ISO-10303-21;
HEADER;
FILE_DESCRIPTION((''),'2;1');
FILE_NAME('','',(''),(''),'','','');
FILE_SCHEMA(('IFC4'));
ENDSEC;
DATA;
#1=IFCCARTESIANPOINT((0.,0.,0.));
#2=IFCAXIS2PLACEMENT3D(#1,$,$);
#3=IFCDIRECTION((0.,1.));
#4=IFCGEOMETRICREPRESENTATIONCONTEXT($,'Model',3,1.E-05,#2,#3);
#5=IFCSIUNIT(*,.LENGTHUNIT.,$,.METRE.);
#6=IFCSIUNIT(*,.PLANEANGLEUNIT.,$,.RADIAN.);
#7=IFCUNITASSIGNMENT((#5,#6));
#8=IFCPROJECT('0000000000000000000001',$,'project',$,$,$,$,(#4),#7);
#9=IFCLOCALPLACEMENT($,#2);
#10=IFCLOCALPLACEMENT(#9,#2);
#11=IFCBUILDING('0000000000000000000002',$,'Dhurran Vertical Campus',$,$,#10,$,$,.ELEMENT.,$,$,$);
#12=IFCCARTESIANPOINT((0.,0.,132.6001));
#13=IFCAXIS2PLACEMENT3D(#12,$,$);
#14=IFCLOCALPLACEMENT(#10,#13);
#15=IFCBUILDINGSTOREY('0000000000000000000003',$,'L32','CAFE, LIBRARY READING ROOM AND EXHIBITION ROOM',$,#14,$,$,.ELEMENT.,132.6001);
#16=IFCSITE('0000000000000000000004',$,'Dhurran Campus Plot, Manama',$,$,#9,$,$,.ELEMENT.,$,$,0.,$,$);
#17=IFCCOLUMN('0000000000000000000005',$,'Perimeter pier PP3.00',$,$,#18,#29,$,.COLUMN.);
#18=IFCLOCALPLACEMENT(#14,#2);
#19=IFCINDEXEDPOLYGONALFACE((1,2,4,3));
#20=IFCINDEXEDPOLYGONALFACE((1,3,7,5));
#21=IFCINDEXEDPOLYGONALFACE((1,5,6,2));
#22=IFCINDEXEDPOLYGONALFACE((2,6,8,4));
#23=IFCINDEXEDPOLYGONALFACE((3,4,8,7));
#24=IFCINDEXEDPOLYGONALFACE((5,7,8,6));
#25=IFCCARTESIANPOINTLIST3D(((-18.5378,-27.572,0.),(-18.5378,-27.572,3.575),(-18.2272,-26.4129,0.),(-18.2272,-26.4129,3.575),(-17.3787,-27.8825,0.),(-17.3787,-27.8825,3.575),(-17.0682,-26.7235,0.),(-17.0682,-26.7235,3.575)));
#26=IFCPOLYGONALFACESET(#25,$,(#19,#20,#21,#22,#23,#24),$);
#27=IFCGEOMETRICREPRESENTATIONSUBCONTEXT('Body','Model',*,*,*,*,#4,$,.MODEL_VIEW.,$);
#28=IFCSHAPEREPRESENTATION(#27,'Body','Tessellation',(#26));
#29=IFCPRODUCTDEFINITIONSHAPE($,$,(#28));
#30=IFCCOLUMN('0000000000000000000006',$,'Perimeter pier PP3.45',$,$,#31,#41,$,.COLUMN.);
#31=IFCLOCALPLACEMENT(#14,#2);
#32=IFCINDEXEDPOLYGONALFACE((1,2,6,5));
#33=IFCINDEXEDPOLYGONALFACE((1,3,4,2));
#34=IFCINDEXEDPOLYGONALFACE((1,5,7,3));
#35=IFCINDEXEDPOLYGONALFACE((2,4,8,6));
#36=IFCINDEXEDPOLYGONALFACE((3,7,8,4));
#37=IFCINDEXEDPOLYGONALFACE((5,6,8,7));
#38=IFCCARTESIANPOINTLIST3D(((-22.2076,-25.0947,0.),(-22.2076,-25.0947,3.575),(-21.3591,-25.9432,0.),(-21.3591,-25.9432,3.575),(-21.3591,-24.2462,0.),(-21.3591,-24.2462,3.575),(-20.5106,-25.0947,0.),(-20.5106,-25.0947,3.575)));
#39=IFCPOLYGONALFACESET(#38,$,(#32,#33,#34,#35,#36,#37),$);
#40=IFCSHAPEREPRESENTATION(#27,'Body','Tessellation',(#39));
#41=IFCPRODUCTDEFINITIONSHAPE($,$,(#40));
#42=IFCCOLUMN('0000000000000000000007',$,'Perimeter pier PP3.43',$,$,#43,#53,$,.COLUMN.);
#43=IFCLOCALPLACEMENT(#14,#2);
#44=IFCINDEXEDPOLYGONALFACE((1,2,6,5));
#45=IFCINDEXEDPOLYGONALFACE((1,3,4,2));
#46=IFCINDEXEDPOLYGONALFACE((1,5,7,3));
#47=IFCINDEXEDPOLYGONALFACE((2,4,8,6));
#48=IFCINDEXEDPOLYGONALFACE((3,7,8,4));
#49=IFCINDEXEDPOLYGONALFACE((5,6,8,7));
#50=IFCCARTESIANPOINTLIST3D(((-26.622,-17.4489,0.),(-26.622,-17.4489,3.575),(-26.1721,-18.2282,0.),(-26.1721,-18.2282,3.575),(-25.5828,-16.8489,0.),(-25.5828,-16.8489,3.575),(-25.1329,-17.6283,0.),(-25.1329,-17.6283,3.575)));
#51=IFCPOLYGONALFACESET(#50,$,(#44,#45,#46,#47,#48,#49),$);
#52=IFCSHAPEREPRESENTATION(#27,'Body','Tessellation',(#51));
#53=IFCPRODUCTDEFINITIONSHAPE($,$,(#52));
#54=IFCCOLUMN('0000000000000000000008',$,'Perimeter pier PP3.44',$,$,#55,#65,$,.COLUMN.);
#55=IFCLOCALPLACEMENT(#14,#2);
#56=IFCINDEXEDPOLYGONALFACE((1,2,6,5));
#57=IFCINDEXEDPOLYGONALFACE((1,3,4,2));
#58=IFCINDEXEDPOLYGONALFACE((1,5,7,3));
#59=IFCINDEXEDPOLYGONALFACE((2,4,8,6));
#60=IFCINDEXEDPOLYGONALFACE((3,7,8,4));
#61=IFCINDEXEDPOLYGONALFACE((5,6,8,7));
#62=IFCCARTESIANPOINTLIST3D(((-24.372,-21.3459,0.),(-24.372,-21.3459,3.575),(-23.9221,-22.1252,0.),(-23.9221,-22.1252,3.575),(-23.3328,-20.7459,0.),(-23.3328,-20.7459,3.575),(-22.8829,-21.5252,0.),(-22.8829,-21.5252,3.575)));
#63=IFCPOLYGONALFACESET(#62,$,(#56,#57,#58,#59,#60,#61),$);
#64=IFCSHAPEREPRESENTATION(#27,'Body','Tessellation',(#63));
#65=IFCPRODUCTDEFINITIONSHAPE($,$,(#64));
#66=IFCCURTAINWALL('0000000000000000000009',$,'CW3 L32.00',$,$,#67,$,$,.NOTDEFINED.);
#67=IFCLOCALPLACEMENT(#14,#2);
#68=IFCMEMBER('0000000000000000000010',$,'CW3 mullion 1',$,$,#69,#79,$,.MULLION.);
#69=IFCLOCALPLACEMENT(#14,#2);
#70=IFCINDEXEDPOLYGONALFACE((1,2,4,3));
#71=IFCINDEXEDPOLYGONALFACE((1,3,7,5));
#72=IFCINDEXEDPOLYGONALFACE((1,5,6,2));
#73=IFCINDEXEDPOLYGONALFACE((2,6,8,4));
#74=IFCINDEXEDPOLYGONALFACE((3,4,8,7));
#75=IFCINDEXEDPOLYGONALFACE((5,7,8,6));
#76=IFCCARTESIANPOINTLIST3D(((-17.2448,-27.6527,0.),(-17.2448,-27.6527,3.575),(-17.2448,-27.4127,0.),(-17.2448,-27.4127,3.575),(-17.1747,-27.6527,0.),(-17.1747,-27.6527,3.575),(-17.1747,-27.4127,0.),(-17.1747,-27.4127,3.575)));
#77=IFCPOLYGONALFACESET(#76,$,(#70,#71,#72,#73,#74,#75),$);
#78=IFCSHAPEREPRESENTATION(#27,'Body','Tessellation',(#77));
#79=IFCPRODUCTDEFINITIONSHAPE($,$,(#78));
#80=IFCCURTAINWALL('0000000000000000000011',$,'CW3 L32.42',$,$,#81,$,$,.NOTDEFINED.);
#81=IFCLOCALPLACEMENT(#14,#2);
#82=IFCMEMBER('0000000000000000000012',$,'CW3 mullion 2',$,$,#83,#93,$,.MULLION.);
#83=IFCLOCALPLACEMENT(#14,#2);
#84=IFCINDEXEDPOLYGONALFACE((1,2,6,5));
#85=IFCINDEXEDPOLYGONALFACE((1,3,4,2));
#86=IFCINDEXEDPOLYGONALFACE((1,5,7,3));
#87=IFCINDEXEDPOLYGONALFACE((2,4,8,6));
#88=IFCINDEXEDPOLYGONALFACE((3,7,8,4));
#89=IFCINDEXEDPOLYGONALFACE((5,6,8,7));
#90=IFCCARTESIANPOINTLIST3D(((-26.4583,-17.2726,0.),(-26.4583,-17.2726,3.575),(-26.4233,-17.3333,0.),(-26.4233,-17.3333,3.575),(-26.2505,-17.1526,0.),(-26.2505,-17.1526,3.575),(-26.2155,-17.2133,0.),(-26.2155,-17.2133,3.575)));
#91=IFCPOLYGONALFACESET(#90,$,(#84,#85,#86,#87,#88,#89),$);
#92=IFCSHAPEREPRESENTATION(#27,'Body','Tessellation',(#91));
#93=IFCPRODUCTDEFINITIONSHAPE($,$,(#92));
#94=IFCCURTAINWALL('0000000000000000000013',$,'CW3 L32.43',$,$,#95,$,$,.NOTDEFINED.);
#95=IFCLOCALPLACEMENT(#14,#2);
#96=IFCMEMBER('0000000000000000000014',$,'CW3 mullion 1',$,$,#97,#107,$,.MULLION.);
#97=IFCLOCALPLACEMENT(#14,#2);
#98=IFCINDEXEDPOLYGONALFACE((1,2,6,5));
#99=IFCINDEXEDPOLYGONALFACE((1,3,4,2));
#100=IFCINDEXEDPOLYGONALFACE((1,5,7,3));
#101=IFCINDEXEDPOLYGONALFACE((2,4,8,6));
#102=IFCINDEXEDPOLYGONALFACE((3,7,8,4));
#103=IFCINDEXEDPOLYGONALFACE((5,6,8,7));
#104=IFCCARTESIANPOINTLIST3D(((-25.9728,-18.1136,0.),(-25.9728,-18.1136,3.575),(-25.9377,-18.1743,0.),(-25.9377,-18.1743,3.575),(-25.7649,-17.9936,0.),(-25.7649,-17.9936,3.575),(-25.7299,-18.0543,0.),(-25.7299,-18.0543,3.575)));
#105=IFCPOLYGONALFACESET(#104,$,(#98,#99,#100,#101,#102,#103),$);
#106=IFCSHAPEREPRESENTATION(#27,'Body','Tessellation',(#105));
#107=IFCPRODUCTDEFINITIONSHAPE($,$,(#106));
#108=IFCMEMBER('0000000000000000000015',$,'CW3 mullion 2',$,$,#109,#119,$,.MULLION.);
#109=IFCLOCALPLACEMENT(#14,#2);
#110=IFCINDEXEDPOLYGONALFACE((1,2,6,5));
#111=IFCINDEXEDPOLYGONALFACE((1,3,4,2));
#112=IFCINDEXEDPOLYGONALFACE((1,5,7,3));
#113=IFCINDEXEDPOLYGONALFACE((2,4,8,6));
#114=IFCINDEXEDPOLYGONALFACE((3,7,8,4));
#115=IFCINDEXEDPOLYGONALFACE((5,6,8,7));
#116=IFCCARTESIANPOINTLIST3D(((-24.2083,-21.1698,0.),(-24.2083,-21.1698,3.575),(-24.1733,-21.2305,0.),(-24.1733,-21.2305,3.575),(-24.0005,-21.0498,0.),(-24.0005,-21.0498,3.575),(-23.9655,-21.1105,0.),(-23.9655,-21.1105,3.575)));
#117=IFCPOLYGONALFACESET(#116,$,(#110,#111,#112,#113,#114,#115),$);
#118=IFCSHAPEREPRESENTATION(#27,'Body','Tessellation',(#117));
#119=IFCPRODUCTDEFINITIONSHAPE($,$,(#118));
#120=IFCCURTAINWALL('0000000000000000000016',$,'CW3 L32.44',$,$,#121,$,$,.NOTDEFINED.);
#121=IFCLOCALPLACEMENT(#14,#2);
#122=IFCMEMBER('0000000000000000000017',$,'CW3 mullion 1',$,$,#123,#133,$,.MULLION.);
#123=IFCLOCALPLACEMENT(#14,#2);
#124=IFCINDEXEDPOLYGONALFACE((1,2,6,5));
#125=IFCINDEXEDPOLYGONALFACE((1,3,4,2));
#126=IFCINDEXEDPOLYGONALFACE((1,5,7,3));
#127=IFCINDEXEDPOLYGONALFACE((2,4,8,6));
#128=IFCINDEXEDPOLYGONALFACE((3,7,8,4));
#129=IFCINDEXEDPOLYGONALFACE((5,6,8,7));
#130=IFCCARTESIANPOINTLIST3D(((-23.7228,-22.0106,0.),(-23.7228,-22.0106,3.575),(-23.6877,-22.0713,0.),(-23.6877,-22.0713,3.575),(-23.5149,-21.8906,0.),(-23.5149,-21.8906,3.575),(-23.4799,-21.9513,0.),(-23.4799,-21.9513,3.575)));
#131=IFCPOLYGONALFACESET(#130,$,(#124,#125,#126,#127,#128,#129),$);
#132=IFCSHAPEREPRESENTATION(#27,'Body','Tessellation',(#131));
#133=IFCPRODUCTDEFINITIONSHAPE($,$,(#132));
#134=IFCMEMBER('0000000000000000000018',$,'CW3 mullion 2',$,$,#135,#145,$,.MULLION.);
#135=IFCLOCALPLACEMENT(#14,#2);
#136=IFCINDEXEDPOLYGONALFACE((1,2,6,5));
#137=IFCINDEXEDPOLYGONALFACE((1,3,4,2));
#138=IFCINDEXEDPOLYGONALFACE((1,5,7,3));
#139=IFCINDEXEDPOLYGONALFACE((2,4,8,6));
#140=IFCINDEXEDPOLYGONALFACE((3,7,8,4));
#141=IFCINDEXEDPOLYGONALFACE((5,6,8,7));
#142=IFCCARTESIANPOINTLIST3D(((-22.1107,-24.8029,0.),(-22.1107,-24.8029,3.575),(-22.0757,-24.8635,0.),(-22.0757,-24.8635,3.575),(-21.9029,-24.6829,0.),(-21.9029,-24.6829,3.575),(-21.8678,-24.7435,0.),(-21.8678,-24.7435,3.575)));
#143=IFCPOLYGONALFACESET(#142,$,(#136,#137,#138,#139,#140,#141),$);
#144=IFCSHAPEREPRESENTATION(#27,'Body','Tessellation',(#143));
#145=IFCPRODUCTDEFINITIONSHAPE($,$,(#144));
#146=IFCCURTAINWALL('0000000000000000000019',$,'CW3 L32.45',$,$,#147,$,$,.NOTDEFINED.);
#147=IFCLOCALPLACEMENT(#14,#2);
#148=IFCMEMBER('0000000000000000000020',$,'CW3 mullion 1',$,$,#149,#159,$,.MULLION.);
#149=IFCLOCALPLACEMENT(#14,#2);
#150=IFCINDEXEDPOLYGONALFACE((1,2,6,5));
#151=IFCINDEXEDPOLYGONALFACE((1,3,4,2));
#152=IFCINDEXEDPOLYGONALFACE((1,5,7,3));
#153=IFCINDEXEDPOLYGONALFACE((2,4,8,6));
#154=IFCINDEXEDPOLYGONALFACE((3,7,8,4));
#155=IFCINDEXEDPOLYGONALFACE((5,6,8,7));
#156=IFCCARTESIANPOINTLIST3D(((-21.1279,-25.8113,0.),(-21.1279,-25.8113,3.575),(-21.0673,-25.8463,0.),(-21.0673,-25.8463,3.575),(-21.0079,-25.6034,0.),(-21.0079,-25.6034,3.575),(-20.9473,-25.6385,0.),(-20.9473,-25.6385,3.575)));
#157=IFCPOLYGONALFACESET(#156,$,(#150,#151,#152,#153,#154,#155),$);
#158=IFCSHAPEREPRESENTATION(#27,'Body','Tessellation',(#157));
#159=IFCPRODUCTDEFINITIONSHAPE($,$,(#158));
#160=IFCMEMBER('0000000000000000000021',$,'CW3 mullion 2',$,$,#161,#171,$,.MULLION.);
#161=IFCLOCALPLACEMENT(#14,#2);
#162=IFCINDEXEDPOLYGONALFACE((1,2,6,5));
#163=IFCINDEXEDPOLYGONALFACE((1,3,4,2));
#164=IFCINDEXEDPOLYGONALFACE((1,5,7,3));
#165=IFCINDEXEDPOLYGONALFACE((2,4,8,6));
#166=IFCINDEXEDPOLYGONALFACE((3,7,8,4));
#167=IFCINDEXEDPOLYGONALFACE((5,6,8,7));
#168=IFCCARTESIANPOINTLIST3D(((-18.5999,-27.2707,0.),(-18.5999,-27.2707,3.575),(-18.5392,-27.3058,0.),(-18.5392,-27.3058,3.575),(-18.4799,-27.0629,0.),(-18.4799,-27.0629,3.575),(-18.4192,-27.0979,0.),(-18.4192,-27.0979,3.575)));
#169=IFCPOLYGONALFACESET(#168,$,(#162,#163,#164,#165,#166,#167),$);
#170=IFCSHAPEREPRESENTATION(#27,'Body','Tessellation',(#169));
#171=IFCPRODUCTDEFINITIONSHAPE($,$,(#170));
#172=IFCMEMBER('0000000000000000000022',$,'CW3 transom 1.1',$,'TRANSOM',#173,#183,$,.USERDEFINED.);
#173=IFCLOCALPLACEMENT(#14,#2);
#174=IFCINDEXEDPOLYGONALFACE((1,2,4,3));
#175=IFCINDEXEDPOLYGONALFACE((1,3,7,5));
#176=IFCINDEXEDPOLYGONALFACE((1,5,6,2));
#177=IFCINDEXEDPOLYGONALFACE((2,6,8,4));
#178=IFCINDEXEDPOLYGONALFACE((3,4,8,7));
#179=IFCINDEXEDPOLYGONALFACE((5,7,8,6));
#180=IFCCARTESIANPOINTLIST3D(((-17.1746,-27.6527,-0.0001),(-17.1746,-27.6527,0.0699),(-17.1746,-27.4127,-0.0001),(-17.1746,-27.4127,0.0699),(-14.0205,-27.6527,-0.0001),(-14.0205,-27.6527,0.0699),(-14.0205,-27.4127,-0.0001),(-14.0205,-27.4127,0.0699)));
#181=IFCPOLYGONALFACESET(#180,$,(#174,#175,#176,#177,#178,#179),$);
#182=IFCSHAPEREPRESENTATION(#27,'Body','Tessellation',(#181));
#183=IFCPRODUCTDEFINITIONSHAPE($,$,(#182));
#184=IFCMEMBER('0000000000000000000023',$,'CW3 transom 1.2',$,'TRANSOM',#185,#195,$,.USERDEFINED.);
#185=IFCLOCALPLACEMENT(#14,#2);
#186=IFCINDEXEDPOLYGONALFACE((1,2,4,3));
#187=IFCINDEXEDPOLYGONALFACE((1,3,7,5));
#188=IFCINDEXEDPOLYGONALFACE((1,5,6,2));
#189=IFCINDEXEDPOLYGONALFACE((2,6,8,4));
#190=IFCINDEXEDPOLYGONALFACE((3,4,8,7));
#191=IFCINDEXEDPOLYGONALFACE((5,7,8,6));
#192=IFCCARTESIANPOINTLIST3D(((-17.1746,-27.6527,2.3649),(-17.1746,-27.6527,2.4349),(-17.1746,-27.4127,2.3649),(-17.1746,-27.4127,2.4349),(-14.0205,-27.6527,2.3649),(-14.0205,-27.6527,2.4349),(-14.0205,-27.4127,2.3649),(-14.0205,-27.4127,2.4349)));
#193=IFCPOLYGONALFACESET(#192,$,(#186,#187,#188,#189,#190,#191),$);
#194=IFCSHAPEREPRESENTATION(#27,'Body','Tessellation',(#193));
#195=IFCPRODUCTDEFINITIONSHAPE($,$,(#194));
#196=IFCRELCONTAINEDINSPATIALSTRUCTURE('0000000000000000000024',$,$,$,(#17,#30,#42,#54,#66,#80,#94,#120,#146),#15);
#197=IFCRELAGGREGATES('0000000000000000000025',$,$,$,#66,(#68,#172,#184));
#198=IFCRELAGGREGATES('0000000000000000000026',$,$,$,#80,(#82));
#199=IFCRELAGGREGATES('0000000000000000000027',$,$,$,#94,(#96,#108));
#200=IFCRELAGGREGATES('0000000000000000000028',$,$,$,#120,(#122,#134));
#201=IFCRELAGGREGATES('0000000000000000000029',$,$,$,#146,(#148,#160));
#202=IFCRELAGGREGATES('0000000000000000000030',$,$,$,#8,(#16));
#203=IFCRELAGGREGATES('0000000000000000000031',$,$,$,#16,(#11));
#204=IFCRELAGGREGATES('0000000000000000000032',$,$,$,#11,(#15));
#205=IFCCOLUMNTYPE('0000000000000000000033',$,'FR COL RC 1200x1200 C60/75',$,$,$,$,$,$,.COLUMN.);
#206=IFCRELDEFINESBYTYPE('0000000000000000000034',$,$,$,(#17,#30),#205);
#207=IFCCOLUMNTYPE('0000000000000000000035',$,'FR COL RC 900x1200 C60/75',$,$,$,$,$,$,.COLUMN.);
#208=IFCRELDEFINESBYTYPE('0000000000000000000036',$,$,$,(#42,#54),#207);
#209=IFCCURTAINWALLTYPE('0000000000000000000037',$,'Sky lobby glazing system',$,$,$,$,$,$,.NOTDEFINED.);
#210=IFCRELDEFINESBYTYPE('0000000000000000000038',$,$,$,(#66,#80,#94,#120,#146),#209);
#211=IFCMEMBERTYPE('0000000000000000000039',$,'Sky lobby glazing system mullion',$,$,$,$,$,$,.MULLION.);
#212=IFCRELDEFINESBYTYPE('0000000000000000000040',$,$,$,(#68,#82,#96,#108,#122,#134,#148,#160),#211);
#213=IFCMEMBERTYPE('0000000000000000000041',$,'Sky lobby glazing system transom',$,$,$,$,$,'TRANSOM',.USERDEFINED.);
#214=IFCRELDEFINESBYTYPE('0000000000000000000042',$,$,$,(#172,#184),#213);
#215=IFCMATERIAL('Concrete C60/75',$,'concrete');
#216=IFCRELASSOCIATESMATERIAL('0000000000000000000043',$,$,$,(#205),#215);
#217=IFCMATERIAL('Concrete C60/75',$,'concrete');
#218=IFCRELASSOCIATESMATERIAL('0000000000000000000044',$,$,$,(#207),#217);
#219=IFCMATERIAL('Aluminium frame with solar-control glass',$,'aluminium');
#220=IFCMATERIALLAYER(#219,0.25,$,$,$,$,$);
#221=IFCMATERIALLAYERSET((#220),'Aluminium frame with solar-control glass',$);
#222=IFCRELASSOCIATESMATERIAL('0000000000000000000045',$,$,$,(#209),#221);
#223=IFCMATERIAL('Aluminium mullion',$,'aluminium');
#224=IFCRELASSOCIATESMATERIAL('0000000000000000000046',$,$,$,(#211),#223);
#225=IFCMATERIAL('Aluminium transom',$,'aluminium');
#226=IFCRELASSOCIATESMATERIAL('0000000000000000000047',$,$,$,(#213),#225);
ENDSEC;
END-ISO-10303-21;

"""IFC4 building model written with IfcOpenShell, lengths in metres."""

from ifc_helpers import new_model, si_unit, direction, frame, origin, origin_2d, place, context, subcontext, project, spatial, rectangle, extrude, material, layer, layer_set, material_profile, profile_set, type_object, element, aggregate, save


model = new_model("IFC4")

# Units and contexts
model_context = context("Model", 3, precision=1e-05, world=origin(), true_north=direction((0.0, 1.0)))
body_context = subcontext(model_context, "Body", "Model", "MODEL_VIEW")
ifc_project = project(units=[si_unit("LENGTHUNIT", "METRE"), si_unit("PLANEANGLEUNIT", "RADIAN")], contexts=[model_context])

# Site, building, storey
site_placement = place(None, origin())
site = spatial("IfcSite", under=ifc_project, at=site_placement, Name="Dhurran Campus Plot, Manama", CompositionType="ELEMENT", RefElevation=0.0)
building_placement = place(site_placement, origin())
building = spatial("IfcBuilding", under=site, at=building_placement, Name="Dhurran Vertical Campus", CompositionType="ELEMENT")
storey_placement = place(building_placement, frame((0.0, 0.0, 132.6001)))
storey = spatial("IfcBuildingStorey", under=building, at=storey_placement, Name="L32", Description="CAFE, LIBRARY READING ROOM AND EXHIBITION ROOM", CompositionType="ELEMENT", Elevation=132.6001)

# Columns
ifc_material_1 = material(Name="Concrete C60/75", Category="concrete")
ifc_material_profile_1 = material_profile(ifc_material_1, rectangle(XDim=1.2, YDim=1.2, at=origin_2d()), Name="RC 1200x1200")
ifc_profile_set_1 = profile_set([ifc_material_profile_1], Name="Concrete C60/75")
column_type_1 = type_object("IfcColumnType", Name="FR COL RC 1200x1200 C60/75", PredefinedType="COLUMN", material=ifc_profile_set_1)
for number, where, z_axis, x_axis, name in (
    (1, (-17.803, -27.1477, 0.0), (0.0, 0.0, 1.0), (0.965926, -0.258819, 0.0), "Perimeter pier PP3.00"),
    (2, (-21.3591, -25.0947, 0.0), (0.0, 0.0, 1.0), (0.707107, -0.707107, 0.0), "Perimeter pier PP3.45"),
):
    element("IfcColumn", number, at=place(storey_placement, frame(where, z_axis=z_axis, x_axis=x_axis)), inside=storey, type_object=column_type_1, Name=name, PredefinedType="COLUMN", context=body_context, shape_type="SweptSolid", body=[
        extrude(rectangle(XDim=1.2, YDim=1.2, at=origin_2d()), origin(), (0.0, 0.0, 1.0), 3.575),
    ])
ifc_material_2 = material(Name="Concrete C60/75", Category="concrete")
ifc_material_profile_2 = material_profile(ifc_material_2, rectangle(XDim=0.8999, YDim=1.2, at=origin_2d()), Name="RC 900x1200")
ifc_profile_set_2 = profile_set([ifc_material_profile_2], Name="Concrete C60/75")
column_type_2 = type_object("IfcColumnType", Name="FR COL RC 900x1200 C60/75", PredefinedType="COLUMN", material=ifc_profile_set_2)
for number, where, z_axis, x_axis, name in (
    (3, (-25.8774, -17.5386, 0.0), (0.0, 0.0, 1.0), (0.5, -0.866025, 0.0), "Perimeter pier PP3.43"),
    (4, (-23.6274, -21.4355, 0.0), (0.0, 0.0, 1.0), (0.5, -0.866025, 0.0), "Perimeter pier PP3.44"),
):
    element("IfcColumn", number, at=place(storey_placement, frame(where, z_axis=z_axis, x_axis=x_axis)), inside=storey, type_object=column_type_2, Name=name, PredefinedType="COLUMN", context=body_context, shape_type="SweptSolid", body=[
        extrude(rectangle(XDim=0.8999, YDim=1.2, at=origin_2d()), origin(), (0.0, 0.0, 1.0), 3.575),
    ])

# Curtain walls, members
ifc_material_3 = material(Name="Aluminium frame with solar-control glass", Category="aluminium")
ifc_layer_1 = layer(ifc_material_3, 0.25)
ifc_layer_set_1 = layer_set([ifc_layer_1], Name="Aluminium frame with solar-control glass")
curtain_wall_type = type_object("IfcCurtainWallType", Name="Sky lobby glazing system", PredefinedType="NOTDEFINED", material=ifc_layer_set_1)
curtain_wall_1_placement = place(storey_placement, origin())
curtain_wall_1 = element("IfcCurtainWall", 5, at=curtain_wall_1_placement, inside=storey, type_object=curtain_wall_type, Name="CW3 L32.00", PredefinedType="NOTDEFINED")
ifc_material_4 = material(Name="Aluminium mullion", Category="aluminium")
ifc_material_profile_3 = material_profile(ifc_material_4, rectangle(XDim=0.24, YDim=0.0701, at=origin_2d()), Name="Sky lobby glazing system mullion")
ifc_profile_set_3 = profile_set([ifc_material_profile_3], Name="Aluminium mullion")
member_type_1 = type_object("IfcMemberType", Name="Sky lobby glazing system mullion", PredefinedType="MULLION", material=ifc_profile_set_3)
member_1_placement = place(storey_placement, frame((-17.2097, -27.5327, 0.0), z_axis=(0.0, 0.0, 1.0), x_axis=(0.0, 1.0, 0.0)))
member_1 = element("IfcMember", 6, at=member_1_placement, type_object=member_type_1, Name="CW3 mullion 1", PredefinedType="MULLION", context=body_context, shape_type="SweptSolid", body=[
    extrude(rectangle(XDim=0.24, YDim=0.0701, at=origin_2d()), origin(), (0.0, 0.0, 1.0), 3.575),
])
curtain_wall_2_placement = place(storey_placement, origin())
curtain_wall_2 = element("IfcCurtainWall", 7, at=curtain_wall_2_placement, inside=storey, type_object=curtain_wall_type, Name="CW3 L32.42", PredefinedType="NOTDEFINED")
member_2_placement = place(storey_placement, frame((-26.3369, -17.2429, 0.0), z_axis=(0.0, 0.0, 1.0), x_axis=(0.866024, 0.500003, 0.0)))
member_2 = element("IfcMember", 8, at=member_2_placement, type_object=member_type_1, Name="CW3 mullion 2", PredefinedType="MULLION", context=body_context, shape_type="SweptSolid", body=[
    extrude(rectangle(XDim=0.24, YDim=0.0701, at=origin_2d()), origin(), (0.0, 0.0, 1.0), 3.575),
])

# Curtain walls, members
curtain_wall_3_placement = place(storey_placement, origin())
curtain_wall_3 = element("IfcCurtainWall", 9, at=curtain_wall_3_placement, inside=storey, type_object=curtain_wall_type, Name="CW3 L32.43", PredefinedType="NOTDEFINED")
member_3_placement = place(storey_placement, frame((-25.8513, -18.084, 0.0), z_axis=(0.0, 0.0, 1.0), x_axis=(0.866024, 0.500003, 0.0)))
member_3 = element("IfcMember", 10, at=member_3_placement, type_object=member_type_1, Name="CW3 mullion 1", PredefinedType="MULLION", context=body_context, shape_type="SweptSolid", body=[
    extrude(rectangle(XDim=0.24, YDim=0.0701, at=origin_2d()), origin(), (0.0, 0.0, 1.0), 3.575),
])
member_4_placement = place(storey_placement, frame((-24.0869, -21.1401, 0.0), z_axis=(0.0, 0.0, 1.0), x_axis=(0.866024, 0.500003, 0.0)))
member_4 = element("IfcMember", 11, at=member_4_placement, type_object=member_type_1, Name="CW3 mullion 2", PredefinedType="MULLION", context=body_context, shape_type="SweptSolid", body=[
    extrude(rectangle(XDim=0.24, YDim=0.0701, at=origin_2d()), origin(), (0.0, 0.0, 1.0), 3.575),
])
curtain_wall_4_placement = place(storey_placement, origin())
curtain_wall_4 = element("IfcCurtainWall", 12, at=curtain_wall_4_placement, inside=storey, type_object=curtain_wall_type, Name="CW3 L32.44", PredefinedType="NOTDEFINED")
member_5_placement = place(storey_placement, frame((-23.6013, -21.981, 0.0), z_axis=(0.0, 0.0, 1.0), x_axis=(0.866026, 0.499998, 0.0)))
member_5 = element("IfcMember", 13, at=member_5_placement, type_object=member_type_1, Name="CW3 mullion 1", PredefinedType="MULLION", context=body_context, shape_type="SweptSolid", body=[
    extrude(rectangle(XDim=0.24, YDim=0.0701, at=origin_2d()), origin(), (0.0, 0.0, 1.0), 3.575),
])
member_6_placement = place(storey_placement, frame((-21.9893, -24.7732, 0.0), z_axis=(0.0, 0.0, 1.0), x_axis=(0.866026, 0.499998, 0.0)))
member_6 = element("IfcMember", 14, at=member_6_placement, type_object=member_type_1, Name="CW3 mullion 2", PredefinedType="MULLION", context=body_context, shape_type="SweptSolid", body=[
    extrude(rectangle(XDim=0.24, YDim=0.0701, at=origin_2d()), origin(), (0.0, 0.0, 1.0), 3.575),
])
curtain_wall_5_placement = place(storey_placement, origin())
curtain_wall_5 = element("IfcCurtainWall", 15, at=curtain_wall_5_placement, inside=storey, type_object=curtain_wall_type, Name="CW3 L32.45", PredefinedType="NOTDEFINED")
member_7_placement = place(storey_placement, frame((-21.0376, -25.7249, 0.0), z_axis=(0.0, 0.0, 1.0), x_axis=(0.500003, 0.866023, 0.0)))
member_7 = element("IfcMember", 16, at=member_7_placement, type_object=member_type_1, Name="CW3 mullion 1", PredefinedType="MULLION", context=body_context, shape_type="SweptSolid", body=[
    extrude(rectangle(XDim=0.24, YDim=0.0701, at=origin_2d()), origin(), (0.0, 0.0, 1.0), 3.575),
])
member_8_placement = place(storey_placement, frame((-18.5095, -27.1843, 0.0), z_axis=(0.0, 0.0, 1.0), x_axis=(0.500003, 0.866023, 0.0)))
member_8 = element("IfcMember", 17, at=member_8_placement, type_object=member_type_1, Name="CW3 mullion 2", PredefinedType="MULLION", context=body_context, shape_type="SweptSolid", body=[
    extrude(rectangle(XDim=0.24, YDim=0.0701, at=origin_2d()), origin(), (0.0, 0.0, 1.0), 3.575),
])

# Members
ifc_material_5 = material(Name="Aluminium transom", Category="aluminium")
ifc_material_profile_4 = material_profile(ifc_material_5, rectangle(XDim=0.24, YDim=0.0701, at=origin_2d()), Name="Sky lobby glazing system transom")
ifc_profile_set_4 = profile_set([ifc_material_profile_4], Name="Aluminium transom")
member_type_2 = type_object("IfcMemberType", Name="Sky lobby glazing system transom", ElementType="TRANSOM", PredefinedType="USERDEFINED", material=ifc_profile_set_4)
member_9_placement = place(storey_placement, frame((-17.1746, -27.5327, 0.0349), z_axis=(1.0, 0.0, 0.0), x_axis=(0.0, 1.0, 0.0)))
member_9 = element("IfcMember", 18, at=member_9_placement, type_object=member_type_2, Name="CW3 transom 1.1", ObjectType="TRANSOM", PredefinedType="USERDEFINED", context=body_context, shape_type="SweptSolid", body=[
    extrude(rectangle(XDim=0.24, YDim=0.0701, at=origin_2d()), origin(), (0.0, 0.0, 1.0), 3.1541),
])
member_10_placement = place(storey_placement, frame((-17.1746, -27.5327, 2.3999), z_axis=(1.0, 0.0, 0.0), x_axis=(0.0, 1.0, 0.0)))
member_10 = element("IfcMember", 19, at=member_10_placement, type_object=member_type_2, Name="CW3 transom 1.2", ObjectType="TRANSOM", PredefinedType="USERDEFINED", context=body_context, shape_type="SweptSolid", body=[
    extrude(rectangle(XDim=0.24, YDim=0.0701, at=origin_2d()), origin(), (0.0, 0.0, 1.0), 3.1541),
])
aggregate(curtain_wall_1, [member_1, member_9, member_10])

aggregate(curtain_wall_2, [member_2])
aggregate(curtain_wall_3, [member_3, member_4])
aggregate(curtain_wall_4, [member_5, member_6])
aggregate(curtain_wall_5, [member_7, member_8])

save(model, "model.ifc")
